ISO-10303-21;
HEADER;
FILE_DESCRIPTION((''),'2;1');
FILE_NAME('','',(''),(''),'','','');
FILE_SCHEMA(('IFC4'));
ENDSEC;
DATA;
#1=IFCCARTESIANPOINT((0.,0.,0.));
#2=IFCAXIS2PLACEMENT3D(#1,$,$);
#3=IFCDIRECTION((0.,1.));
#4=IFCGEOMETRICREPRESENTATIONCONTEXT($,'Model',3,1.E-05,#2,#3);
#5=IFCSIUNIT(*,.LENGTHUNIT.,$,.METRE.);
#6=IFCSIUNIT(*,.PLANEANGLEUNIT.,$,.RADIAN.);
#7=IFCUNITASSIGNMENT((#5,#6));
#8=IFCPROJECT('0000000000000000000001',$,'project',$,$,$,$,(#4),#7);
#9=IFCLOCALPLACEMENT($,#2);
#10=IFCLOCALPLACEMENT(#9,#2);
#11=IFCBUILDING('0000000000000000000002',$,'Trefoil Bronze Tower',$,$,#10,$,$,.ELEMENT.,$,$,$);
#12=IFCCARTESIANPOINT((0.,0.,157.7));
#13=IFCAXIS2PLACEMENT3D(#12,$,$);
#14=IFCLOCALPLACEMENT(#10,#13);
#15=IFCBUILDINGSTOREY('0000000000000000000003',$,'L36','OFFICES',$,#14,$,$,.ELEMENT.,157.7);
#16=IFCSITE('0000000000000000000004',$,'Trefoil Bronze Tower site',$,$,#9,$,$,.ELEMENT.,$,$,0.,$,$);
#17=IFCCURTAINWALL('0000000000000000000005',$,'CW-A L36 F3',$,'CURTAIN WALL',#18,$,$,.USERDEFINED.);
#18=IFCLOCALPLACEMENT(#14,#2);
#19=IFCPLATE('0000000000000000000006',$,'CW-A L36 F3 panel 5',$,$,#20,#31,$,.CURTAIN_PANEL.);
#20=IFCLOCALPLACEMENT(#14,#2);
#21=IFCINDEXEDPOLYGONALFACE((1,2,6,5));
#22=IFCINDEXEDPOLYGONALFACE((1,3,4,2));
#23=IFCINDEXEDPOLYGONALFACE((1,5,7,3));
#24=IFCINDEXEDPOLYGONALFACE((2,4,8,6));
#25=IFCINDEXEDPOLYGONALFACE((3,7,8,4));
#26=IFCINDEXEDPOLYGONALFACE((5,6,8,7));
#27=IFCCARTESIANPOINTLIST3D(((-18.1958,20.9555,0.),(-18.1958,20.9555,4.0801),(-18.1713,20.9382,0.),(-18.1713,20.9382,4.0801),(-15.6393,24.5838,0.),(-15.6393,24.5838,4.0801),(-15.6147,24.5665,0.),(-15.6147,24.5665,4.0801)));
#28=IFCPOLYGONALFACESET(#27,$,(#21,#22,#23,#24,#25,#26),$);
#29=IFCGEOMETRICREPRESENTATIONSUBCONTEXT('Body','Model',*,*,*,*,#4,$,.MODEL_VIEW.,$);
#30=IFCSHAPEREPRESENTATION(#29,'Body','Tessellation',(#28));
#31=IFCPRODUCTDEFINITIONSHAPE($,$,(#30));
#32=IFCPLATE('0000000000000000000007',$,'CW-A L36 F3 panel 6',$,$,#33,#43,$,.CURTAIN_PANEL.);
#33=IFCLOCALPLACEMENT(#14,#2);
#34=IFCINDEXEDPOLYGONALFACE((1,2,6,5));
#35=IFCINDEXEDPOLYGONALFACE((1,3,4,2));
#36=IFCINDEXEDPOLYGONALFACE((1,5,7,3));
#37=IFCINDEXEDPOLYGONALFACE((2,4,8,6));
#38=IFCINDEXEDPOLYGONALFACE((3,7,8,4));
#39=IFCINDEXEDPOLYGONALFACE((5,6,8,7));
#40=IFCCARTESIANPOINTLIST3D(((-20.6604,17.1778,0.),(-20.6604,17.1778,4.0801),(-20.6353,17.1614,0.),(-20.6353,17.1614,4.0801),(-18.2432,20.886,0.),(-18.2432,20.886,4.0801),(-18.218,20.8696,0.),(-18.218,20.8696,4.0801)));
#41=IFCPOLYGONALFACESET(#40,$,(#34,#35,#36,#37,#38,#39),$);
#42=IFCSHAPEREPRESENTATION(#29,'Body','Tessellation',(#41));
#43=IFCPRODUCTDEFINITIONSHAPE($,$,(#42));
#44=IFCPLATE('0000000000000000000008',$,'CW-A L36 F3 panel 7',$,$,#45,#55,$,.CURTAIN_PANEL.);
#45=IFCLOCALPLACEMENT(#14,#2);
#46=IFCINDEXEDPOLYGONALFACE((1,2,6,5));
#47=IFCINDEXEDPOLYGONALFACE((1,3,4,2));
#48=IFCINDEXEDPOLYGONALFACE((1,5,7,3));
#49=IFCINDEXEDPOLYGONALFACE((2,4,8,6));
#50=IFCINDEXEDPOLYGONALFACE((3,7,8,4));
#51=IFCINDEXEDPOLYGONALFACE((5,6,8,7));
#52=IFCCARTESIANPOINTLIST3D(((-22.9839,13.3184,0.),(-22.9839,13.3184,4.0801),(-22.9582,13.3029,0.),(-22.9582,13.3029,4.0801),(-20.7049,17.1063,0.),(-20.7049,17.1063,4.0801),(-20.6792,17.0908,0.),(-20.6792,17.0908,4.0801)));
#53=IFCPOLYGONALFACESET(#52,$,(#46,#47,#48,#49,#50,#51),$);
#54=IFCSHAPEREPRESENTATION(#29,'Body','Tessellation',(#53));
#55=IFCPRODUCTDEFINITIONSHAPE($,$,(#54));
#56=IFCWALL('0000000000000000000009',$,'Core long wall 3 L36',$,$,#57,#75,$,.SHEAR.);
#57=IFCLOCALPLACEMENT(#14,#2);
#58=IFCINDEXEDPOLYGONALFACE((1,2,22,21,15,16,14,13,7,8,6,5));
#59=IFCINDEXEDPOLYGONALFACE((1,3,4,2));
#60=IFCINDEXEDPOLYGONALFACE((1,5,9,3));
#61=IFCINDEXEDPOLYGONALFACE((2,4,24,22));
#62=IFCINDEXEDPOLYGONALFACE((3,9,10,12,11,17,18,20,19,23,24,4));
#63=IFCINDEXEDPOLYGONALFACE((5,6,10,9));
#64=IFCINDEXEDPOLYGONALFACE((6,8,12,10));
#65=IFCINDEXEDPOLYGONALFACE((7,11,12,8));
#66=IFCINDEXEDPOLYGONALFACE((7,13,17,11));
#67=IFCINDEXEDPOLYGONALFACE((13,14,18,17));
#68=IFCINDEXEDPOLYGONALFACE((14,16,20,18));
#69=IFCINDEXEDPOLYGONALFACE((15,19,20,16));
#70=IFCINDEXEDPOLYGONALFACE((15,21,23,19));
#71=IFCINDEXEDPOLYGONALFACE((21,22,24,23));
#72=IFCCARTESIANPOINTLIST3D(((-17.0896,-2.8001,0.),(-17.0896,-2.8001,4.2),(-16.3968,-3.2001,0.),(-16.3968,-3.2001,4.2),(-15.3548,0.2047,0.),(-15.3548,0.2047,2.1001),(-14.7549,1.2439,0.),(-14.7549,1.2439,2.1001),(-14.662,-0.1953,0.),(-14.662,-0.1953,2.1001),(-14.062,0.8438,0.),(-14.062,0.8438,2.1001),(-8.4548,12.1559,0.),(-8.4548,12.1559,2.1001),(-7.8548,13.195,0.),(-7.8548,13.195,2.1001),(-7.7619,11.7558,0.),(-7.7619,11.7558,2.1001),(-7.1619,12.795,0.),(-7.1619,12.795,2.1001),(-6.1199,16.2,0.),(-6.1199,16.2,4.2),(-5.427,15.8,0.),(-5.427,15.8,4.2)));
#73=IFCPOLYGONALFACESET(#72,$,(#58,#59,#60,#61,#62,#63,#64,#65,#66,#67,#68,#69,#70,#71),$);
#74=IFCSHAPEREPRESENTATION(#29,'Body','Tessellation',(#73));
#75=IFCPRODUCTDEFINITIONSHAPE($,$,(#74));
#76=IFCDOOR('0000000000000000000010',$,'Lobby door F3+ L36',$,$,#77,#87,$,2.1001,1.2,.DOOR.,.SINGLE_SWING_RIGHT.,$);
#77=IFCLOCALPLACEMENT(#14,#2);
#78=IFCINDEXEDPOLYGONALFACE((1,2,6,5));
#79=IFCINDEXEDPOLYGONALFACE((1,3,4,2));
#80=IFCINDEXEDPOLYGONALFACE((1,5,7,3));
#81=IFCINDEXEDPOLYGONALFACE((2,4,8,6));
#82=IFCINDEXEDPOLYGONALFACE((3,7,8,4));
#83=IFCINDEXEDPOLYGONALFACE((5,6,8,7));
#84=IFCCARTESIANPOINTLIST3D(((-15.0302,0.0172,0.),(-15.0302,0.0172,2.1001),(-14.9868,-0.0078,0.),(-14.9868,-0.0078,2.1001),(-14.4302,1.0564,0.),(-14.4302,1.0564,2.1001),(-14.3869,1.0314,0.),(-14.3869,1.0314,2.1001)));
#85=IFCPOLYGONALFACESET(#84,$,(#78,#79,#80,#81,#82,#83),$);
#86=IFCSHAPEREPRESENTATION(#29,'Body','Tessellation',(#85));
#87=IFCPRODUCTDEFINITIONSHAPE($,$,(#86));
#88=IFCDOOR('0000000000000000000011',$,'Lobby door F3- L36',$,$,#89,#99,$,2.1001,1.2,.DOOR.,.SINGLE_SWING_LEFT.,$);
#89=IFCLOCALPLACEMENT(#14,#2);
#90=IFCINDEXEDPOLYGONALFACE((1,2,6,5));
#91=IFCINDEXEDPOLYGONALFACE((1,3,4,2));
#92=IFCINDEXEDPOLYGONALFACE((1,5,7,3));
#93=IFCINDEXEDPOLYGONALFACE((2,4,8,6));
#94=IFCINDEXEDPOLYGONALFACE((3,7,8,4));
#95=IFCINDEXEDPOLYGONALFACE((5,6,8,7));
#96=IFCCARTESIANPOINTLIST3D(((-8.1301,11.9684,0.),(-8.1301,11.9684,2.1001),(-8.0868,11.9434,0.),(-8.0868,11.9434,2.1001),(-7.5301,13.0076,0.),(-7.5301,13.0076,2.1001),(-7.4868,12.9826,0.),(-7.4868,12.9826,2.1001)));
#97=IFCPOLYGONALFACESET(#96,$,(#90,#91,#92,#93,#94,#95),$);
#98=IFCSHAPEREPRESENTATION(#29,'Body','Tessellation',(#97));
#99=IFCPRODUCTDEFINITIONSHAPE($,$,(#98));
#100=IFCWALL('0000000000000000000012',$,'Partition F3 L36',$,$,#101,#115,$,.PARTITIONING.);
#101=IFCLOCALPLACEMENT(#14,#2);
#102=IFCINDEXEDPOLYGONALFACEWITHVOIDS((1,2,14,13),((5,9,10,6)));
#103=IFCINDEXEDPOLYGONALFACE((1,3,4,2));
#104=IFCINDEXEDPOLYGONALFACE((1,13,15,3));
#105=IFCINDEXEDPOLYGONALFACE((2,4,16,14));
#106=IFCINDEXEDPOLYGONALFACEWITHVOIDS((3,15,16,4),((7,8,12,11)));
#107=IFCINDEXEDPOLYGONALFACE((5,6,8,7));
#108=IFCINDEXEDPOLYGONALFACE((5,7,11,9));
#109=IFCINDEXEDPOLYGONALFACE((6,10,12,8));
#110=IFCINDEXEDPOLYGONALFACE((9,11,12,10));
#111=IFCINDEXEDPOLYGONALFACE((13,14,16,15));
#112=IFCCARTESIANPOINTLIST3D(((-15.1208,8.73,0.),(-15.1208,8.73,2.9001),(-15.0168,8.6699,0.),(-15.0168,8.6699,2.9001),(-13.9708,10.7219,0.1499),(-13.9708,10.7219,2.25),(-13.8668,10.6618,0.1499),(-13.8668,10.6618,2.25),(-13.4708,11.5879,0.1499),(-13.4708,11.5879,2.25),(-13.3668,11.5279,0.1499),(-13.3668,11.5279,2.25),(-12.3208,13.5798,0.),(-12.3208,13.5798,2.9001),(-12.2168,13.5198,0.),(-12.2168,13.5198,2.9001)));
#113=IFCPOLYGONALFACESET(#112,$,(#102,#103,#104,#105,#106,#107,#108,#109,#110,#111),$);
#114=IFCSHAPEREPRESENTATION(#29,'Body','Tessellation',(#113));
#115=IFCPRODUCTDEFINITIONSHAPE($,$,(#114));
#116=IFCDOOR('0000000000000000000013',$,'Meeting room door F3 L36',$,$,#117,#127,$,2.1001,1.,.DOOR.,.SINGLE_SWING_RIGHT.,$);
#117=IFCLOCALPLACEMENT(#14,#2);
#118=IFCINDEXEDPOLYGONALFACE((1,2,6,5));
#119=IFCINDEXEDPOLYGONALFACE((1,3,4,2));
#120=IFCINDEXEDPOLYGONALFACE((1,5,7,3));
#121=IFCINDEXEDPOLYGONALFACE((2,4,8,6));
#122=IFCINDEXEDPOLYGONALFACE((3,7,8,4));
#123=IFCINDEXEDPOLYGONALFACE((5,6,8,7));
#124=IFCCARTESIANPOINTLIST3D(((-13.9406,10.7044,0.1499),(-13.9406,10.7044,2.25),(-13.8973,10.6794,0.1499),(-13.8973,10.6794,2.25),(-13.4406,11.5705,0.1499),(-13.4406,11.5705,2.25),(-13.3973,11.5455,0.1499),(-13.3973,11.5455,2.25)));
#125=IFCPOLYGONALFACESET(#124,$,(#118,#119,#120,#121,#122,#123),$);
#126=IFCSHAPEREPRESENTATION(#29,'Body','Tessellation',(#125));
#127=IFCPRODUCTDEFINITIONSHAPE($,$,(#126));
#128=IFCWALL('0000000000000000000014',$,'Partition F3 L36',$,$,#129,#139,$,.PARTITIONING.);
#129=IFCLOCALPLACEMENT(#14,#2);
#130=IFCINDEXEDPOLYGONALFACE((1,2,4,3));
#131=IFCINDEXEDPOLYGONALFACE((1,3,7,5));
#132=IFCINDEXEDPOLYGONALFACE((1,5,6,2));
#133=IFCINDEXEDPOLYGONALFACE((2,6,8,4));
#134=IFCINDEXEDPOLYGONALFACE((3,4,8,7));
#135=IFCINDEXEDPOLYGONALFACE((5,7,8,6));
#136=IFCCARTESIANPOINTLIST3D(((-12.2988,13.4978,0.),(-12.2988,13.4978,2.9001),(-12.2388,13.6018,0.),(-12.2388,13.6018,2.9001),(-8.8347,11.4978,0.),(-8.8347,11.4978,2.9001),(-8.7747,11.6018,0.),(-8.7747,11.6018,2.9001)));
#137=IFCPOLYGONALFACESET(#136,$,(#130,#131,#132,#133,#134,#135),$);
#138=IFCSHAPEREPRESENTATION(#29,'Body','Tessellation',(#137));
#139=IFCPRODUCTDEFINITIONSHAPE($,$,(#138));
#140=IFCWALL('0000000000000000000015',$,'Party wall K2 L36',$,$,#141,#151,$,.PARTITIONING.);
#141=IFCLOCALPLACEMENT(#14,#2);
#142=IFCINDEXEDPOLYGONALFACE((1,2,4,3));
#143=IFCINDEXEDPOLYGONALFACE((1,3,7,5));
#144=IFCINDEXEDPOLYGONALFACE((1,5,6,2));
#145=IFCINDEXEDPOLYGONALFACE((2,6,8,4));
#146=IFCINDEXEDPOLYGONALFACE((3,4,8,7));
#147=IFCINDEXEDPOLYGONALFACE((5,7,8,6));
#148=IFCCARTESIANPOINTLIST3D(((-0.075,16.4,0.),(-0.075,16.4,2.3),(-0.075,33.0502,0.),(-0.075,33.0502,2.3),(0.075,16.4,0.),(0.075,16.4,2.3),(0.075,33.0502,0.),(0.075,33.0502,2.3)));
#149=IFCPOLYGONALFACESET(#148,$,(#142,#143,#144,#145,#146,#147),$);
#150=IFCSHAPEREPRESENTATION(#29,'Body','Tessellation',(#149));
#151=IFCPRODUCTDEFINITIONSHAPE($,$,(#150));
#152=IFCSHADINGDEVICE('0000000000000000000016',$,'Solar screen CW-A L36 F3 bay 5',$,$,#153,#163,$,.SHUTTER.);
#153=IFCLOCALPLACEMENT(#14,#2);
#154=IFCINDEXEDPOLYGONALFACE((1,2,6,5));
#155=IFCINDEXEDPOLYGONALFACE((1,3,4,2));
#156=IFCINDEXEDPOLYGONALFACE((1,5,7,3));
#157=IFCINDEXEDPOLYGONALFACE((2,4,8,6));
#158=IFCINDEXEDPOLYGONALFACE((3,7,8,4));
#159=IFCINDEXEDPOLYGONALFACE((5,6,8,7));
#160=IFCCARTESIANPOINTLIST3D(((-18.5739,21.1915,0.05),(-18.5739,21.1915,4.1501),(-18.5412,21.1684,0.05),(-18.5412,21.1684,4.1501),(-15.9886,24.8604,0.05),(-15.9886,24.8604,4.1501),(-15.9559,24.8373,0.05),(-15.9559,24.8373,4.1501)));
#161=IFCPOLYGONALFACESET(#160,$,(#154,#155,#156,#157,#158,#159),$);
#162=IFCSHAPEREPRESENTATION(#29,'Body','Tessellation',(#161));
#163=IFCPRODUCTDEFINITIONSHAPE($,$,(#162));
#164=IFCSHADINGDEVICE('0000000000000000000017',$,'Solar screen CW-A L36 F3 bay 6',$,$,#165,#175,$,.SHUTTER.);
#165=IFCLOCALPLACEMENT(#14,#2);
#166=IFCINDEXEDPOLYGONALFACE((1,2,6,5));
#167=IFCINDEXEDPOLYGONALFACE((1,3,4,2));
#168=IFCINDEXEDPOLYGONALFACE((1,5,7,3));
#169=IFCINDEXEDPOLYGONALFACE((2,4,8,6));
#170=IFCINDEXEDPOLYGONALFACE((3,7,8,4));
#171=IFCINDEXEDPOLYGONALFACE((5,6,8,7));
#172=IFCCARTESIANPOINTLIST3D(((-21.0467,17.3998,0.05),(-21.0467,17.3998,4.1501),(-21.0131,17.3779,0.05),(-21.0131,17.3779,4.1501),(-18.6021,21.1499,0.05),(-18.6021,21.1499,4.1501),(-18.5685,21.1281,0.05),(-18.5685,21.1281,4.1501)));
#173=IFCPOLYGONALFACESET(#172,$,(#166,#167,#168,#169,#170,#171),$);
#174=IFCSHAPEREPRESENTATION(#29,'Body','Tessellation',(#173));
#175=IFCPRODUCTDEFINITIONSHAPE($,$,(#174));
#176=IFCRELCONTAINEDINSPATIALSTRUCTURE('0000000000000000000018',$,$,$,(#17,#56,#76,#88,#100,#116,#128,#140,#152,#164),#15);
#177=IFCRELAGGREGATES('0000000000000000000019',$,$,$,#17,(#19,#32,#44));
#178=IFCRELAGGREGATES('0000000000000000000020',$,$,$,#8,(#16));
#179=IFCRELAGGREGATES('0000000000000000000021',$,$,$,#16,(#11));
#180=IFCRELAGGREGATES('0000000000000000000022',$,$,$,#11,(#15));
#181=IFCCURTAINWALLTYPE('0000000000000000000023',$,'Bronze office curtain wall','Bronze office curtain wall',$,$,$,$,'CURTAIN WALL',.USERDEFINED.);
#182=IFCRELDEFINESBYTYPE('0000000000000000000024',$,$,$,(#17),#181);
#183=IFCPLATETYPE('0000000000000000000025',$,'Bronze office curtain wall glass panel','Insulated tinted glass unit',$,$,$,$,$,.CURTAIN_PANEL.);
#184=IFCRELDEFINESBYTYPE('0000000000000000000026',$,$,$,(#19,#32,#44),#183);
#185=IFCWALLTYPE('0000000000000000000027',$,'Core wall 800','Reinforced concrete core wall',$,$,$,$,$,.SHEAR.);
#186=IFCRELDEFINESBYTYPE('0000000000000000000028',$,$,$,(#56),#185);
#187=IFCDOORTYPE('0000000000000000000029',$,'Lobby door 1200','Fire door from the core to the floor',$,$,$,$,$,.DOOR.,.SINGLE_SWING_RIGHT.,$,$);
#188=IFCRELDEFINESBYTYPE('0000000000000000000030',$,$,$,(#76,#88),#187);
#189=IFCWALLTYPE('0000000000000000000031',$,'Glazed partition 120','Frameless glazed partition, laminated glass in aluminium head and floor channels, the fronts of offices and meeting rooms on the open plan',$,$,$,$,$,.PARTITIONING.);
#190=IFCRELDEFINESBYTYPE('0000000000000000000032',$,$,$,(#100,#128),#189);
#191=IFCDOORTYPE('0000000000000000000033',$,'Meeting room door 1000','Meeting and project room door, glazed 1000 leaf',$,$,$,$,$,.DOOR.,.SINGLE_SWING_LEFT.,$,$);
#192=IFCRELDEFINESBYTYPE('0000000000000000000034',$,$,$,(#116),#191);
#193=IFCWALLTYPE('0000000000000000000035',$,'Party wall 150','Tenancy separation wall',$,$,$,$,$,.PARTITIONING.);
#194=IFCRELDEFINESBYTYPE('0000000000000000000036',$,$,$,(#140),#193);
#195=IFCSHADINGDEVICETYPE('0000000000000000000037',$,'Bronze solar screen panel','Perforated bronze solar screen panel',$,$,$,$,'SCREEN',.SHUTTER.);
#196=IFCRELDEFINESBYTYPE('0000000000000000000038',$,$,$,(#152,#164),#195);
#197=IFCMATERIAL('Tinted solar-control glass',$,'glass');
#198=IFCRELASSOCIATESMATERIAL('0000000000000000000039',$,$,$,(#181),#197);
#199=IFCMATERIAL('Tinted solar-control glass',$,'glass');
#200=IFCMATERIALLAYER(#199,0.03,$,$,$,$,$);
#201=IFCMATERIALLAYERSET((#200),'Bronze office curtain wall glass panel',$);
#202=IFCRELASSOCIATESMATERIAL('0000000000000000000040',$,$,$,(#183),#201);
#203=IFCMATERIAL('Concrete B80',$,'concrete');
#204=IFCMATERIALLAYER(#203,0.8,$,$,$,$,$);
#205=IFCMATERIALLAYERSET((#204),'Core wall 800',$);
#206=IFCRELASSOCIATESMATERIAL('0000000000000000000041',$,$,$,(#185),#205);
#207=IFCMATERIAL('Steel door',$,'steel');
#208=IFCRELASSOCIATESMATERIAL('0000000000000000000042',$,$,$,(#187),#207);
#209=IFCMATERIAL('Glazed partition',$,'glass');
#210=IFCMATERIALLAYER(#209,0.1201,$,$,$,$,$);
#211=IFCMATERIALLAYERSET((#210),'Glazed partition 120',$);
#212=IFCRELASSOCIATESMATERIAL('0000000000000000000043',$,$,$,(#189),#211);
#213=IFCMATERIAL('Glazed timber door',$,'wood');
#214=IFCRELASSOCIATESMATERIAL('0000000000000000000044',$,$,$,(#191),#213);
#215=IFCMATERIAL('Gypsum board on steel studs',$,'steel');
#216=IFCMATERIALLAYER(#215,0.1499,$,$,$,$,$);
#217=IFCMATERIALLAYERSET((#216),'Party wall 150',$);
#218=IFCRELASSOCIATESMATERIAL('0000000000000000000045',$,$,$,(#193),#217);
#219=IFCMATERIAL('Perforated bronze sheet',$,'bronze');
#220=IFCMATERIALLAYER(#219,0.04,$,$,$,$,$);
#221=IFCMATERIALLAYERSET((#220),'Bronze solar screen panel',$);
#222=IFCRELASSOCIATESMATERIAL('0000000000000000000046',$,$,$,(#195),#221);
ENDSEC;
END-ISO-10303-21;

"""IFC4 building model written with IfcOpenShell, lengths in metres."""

from ifc_helpers import new_model, si_unit, direction, frame, frame_2d, origin, origin_2d, place, context, subcontext, project, spatial, rectangle, extrude, material, layer, layer_set, type_object, element, fill, aggregate, save


model = new_model("IFC4")

# Units and contexts
model_context = context("Model", 3, precision=1e-05, world=origin(), true_north=direction((0.0, 1.0)))
body_context = subcontext(model_context, "Body", "Model", "MODEL_VIEW")
ifc_project = project(units=[si_unit("LENGTHUNIT", "METRE"), si_unit("PLANEANGLEUNIT", "RADIAN")], contexts=[model_context])

# Site, building, storey
site_placement = place(None, origin())
site = spatial("IfcSite", under=ifc_project, at=site_placement, Name="Trefoil Bronze Tower site", CompositionType="ELEMENT", RefElevation=0.0)
building_placement = place(site_placement, origin())
building = spatial("IfcBuilding", under=site, at=building_placement, Name="Trefoil Bronze Tower", CompositionType="ELEMENT")
storey_placement = place(building_placement, frame((0.0, 0.0, 157.7)))
storey = spatial("IfcBuildingStorey", under=building, at=storey_placement, Name="L36", Description="OFFICES", CompositionType="ELEMENT", Elevation=157.7)

# Curtain wall
ifc_material_1 = material(Name="Tinted solar-control glass", Category="glass")
curtain_wall_type = type_object("IfcCurtainWallType", Name="Bronze office curtain wall", Description="Bronze office curtain wall", ElementType="CURTAIN WALL", PredefinedType="USERDEFINED", material=ifc_material_1)
curtain_wall_placement = place(storey_placement, origin())
curtain_wall = element("IfcCurtainWall", 1, at=curtain_wall_placement, inside=storey, type_object=curtain_wall_type, Name="CW-A L36 F3", ObjectType="CURTAIN WALL", PredefinedType="USERDEFINED")

# Plates
ifc_material_2 = material(Name="Tinted solar-control glass", Category="glass")
ifc_layer_1 = layer(ifc_material_2, 0.03)
ifc_layer_set_1 = layer_set([ifc_layer_1], Name="Bronze office curtain wall glass panel")
plate_type = type_object("IfcPlateType", Name="Bronze office curtain wall glass panel", Description="Insulated tinted glass unit", PredefinedType="CURTAIN_PANEL", material=ifc_layer_set_1)
plate_1_placement = place(storey_placement, frame((-16.9053, 22.761, 0.0), z_axis=(0.0, 0.0, 1.0), x_axis=(-0.575999, -0.81745, 0.0)))
plate_1 = element("IfcPlate", 2, at=plate_1_placement, type_object=plate_type, Name="CW-A L36 F3 panel 5", PredefinedType="CURTAIN_PANEL", context=body_context, shape_type="SweptSolid", body=[
    extrude(rectangle(XDim=4.4385, YDim=0.03, at=origin_2d()), origin(), (0.0, 0.0, 1.0), 4.0801),
])
plate_2_placement = place(storey_placement, frame((-19.4392, 19.0237, 0.0), z_axis=(0.0, 0.0, 1.0), x_axis=(-0.546089, -0.837727, 0.0)))
plate_2 = element("IfcPlate", 3, at=plate_2_placement, type_object=plate_type, Name="CW-A L36 F3 panel 6", PredefinedType="CURTAIN_PANEL", context=body_context, shape_type="SweptSolid", body=[
    extrude(rectangle(XDim=4.4265, YDim=0.03, at=origin_2d()), origin(), (0.0, 0.0, 1.0), 4.0801),
])
plate_3_placement = place(storey_placement, frame((-21.8315, 15.2046, 0.0), z_axis=(0.0, 0.0, 1.0), x_axis=(-0.515525, -0.856874, 0.0)))
plate_3 = element("IfcPlate", 4, at=plate_3_placement, type_object=plate_type, Name="CW-A L36 F3 panel 7", PredefinedType="CURTAIN_PANEL", context=body_context, shape_type="SweptSolid", body=[
    extrude(rectangle(XDim=4.4207, YDim=0.03, at=origin_2d()), origin(), (0.0, 0.0, 1.0), 4.0801),
])
aggregate(curtain_wall, [plate_1, plate_2, plate_3])

# Wall, openings, doors
ifc_material_3 = material(Name="Concrete B80", Category="concrete")
ifc_layer_2 = layer(ifc_material_3, 0.8)
ifc_layer_set_2 = layer_set([ifc_layer_2], Name="Core wall 800")
wall_type_1 = type_object("IfcWallType", Name="Core wall 800", Description="Reinforced concrete core wall", PredefinedType="SHEAR", material=ifc_layer_set_2)
wall_1_placement = place(storey_placement, frame((-5.7734, 16.0, 0.0), z_axis=(0.0, 0.0, 1.0), x_axis=(-0.500002, -0.866024, 0.0)))
wall_1 = element("IfcWall", 5, at=wall_1_placement, inside=storey, type_object=wall_type_1, Name="Core long wall 3 L36", PredefinedType="SHEAR", context=body_context, shape_type="SweptSolid", body=[
    extrude(rectangle(XDim=21.9395, YDim=0.8, at=frame_2d((10.9697, 0.0))), origin(), (0.0, 0.0, 1.0), 4.2),
])
opening_1_placement = place(wall_1_placement, frame((17.2698, 0.0, 0.0)))
opening_1 = element("IfcOpeningElement", 6, at=opening_1_placement, cuts=wall_1, PredefinedType="OPENING", context=body_context, shape_type="SweptSolid", body=[
    extrude(rectangle(XDim=1.2, YDim=2.1001, at=frame_2d((0.6001, 1.05))), frame((0.0, 0.4099, 0.0), z_axis=(0.0, -1.0, 0.0), x_axis=(1.0, 0.0, 0.0)), (0.0, 0.0, 1.0), 0.8201),
])
opening_2_placement = place(wall_1_placement, frame((3.4697, 0.0, 0.0)))
opening_2 = element("IfcOpeningElement", 7, at=opening_2_placement, cuts=wall_1, PredefinedType="OPENING", context=body_context, shape_type="SweptSolid", body=[
    extrude(rectangle(XDim=1.2, YDim=2.1001, at=frame_2d((0.6001, 1.05))), frame((0.0, 0.4099, 0.0), z_axis=(0.0, -1.0, 0.0), x_axis=(1.0, 0.0, 0.0)), (0.0, 0.0, 1.0), 0.8201),
])
ifc_material_4 = material(Name="Steel door", Category="steel")
door_type_1 = type_object("IfcDoorType", Name="Lobby door 1200", Description="Fire door from the core to the floor", OperationType="SINGLE_SWING_RIGHT", PredefinedType="DOOR", material=ifc_material_4)
door_1_placement = place(opening_1_placement, origin())
door_1 = element("IfcDoor", 8, at=door_1_placement, inside=storey, type_object=door_type_1, Name="Lobby door F3+ L36", OperationType="SINGLE_SWING_RIGHT", OverallHeight=2.1001, OverallWidth=1.2, PredefinedType="DOOR", context=body_context, shape_type="SweptSolid", body=[
    extrude(rectangle(XDim=1.2, YDim=2.1001, at=frame_2d((0.6001, 1.05))), frame((0.0, 0.0249, 0.0), z_axis=(0.0, -1.0, 0.0), x_axis=(1.0, 0.0, 0.0)), (0.0, 0.0, 1.0), 0.05),
])
fill(opening_1, door_1)
door_2_placement = place(opening_2_placement, origin())
door_2 = element("IfcDoor", 9, at=door_2_placement, inside=storey, type_object=door_type_1, Name="Lobby door F3- L36", OperationType="SINGLE_SWING_LEFT", OverallHeight=2.1001, OverallWidth=1.2, PredefinedType="DOOR", context=body_context, shape_type="SweptSolid", body=[
    extrude(rectangle(XDim=1.2, YDim=2.1001, at=frame_2d((0.6001, 1.05))), frame((0.0, 0.0249, 0.0), z_axis=(0.0, -1.0, 0.0), x_axis=(1.0, 0.0, 0.0)), (0.0, 0.0, 1.0), 0.05),
])
fill(opening_2, door_2)

# Wall, opening, door
ifc_material_5 = material(Name="Glazed partition", Category="glass")
ifc_layer_3 = layer(ifc_material_5, 0.1201)
ifc_layer_set_3 = layer_set([ifc_layer_3], Name="Glazed partition 120")
wall_type_2 = type_object("IfcWallType", Name="Glazed partition 120", Description="Frameless glazed partition, laminated glass in aluminium head and floor channels, the fronts of offices and meeting rooms on the open plan", PredefinedType="PARTITIONING", material=ifc_layer_set_3)
wall_2_placement = place(storey_placement, frame((-12.2688, 13.5498, 0.0), z_axis=(0.0, 0.0, 1.0), x_axis=(-0.499998, -0.866027, 0.0)))
wall_2 = element("IfcWall", 10, at=wall_2_placement, inside=storey, type_object=wall_type_2, Name="Partition F3 L36", PredefinedType="PARTITIONING", context=body_context, shape_type="SweptSolid", body=[
    extrude(rectangle(XDim=5.6001, YDim=0.1201, at=frame_2d((2.8, 0.0))), origin(), (0.0, 0.0, 1.0), 2.9001),
])
opening_3_placement = place(wall_2_placement, frame((2.3, 0.0, 0.1499)))
opening_3 = element("IfcOpeningElement", 11, at=opening_3_placement, cuts=wall_2, PredefinedType="OPENING", context=body_context, shape_type="SweptSolid", body=[
    extrude(rectangle(XDim=1.0, YDim=2.1001, at=frame_2d((0.5, 1.05))), frame((0.0, 0.0701, 0.0), z_axis=(0.0, -1.0, 0.0), x_axis=(1.0, 0.0, 0.0)), (0.0, 0.0, 1.0), 0.1401),
])
ifc_material_6 = material(Name="Glazed timber door", Category="wood")
door_type_2 = type_object("IfcDoorType", Name="Meeting room door 1000", Description="Meeting and project room door, glazed 1000 leaf", OperationType="SINGLE_SWING_LEFT", PredefinedType="DOOR", material=ifc_material_6)
door_3_placement = place(opening_3_placement, origin())
door_3 = element("IfcDoor", 12, at=door_3_placement, inside=storey, type_object=door_type_2, Name="Meeting room door F3 L36", OperationType="SINGLE_SWING_RIGHT", OverallHeight=2.1001, OverallWidth=1.0, PredefinedType="DOOR", context=body_context, shape_type="SweptSolid", body=[
    extrude(rectangle(XDim=1.0, YDim=2.1001, at=frame_2d((0.5, 1.05))), frame((0.0, 0.0249, 0.0), z_axis=(0.0, -1.0, 0.0), x_axis=(1.0, 0.0, 0.0)), (0.0, 0.0, 1.0), 0.05),
])
fill(opening_3, door_3)

# Walls
wall_3_placement = place(storey_placement, frame((-8.8047, 11.5498, 0.0), z_axis=(0.0, 0.0, 1.0), x_axis=(-0.866026, 0.499999, 0.0)))
element("IfcWall", 13, at=wall_3_placement, inside=storey, type_object=wall_type_2, Name="Partition F3 L36", PredefinedType="PARTITIONING", context=body_context, shape_type="SweptSolid", body=[
    extrude(rectangle(XDim=4.0, YDim=0.1201, at=frame_2d((2.0, 0.0))), origin(), (0.0, 0.0, 1.0), 2.9001),
])
ifc_material_7 = material(Name="Gypsum board on steel studs", Category="steel")
ifc_layer_4 = layer(ifc_material_7, 0.1499)
ifc_layer_set_4 = layer_set([ifc_layer_4], Name="Party wall 150")
wall_type_3 = type_object("IfcWallType", Name="Party wall 150", Description="Tenancy separation wall", PredefinedType="PARTITIONING", material=ifc_layer_set_4)
wall_4_placement = place(storey_placement, frame((0.0, 16.3999, 0.0), z_axis=(0.0, 0.0, 1.0), x_axis=(0.0, 1.0, 0.0)))
element("IfcWall", 14, at=wall_4_placement, inside=storey, type_object=wall_type_3, Name="Party wall K2 L36", PredefinedType="PARTITIONING", context=body_context, shape_type="SweptSolid", body=[
    extrude(rectangle(XDim=16.6501, YDim=0.1499, at=frame_2d((8.3252, 0.0))), origin(), (0.0, 0.0, 1.0), 2.3),
])

# Shading devices
ifc_material_8 = material(Name="Perforated bronze sheet", Category="bronze")
ifc_layer_5 = layer(ifc_material_8, 0.04)
ifc_layer_set_5 = layer_set([ifc_layer_5], Name="Bronze solar screen panel")
shading_device_type = type_object("IfcShadingDeviceType", Name="Bronze solar screen panel", Description="Perforated bronze solar screen panel", ElementType="SCREEN", PredefinedType="SHUTTER", material=ifc_layer_set_5)
shading_device_1_placement = place(storey_placement, frame((-17.2649, 23.0144, 0.05), z_axis=(0.0, 0.0, 1.0), x_axis=(-0.575999, -0.81745, 0.0)))
element("IfcShadingDevice", 15, at=shading_device_1_placement, inside=storey, type_object=shading_device_type, Name="Solar screen CW-A L36 F3 bay 5", PredefinedType="SHUTTER", context=body_context, shape_type="SweptSolid", body=[
    extrude(rectangle(XDim=4.4883, YDim=0.04, at=origin_2d()), origin(), (0.0, 0.0, 1.0), 4.1001),
])
shading_device_2_placement = place(storey_placement, frame((-19.8076, 19.2639, 0.05), z_axis=(0.0, 0.0, 1.0), x_axis=(-0.546089, -0.837727, 0.0)))
element("IfcShadingDevice", 16, at=shading_device_2_placement, inside=storey, type_object=shading_device_type, Name="Solar screen CW-A L36 F3 bay 6", PredefinedType="SHUTTER", context=body_context, shape_type="SweptSolid", body=[
    extrude(rectangle(XDim=4.4766, YDim=0.04, at=origin_2d()), origin(), (0.0, 0.0, 1.0), 4.1001),
])

save(model, "model.ifc")
